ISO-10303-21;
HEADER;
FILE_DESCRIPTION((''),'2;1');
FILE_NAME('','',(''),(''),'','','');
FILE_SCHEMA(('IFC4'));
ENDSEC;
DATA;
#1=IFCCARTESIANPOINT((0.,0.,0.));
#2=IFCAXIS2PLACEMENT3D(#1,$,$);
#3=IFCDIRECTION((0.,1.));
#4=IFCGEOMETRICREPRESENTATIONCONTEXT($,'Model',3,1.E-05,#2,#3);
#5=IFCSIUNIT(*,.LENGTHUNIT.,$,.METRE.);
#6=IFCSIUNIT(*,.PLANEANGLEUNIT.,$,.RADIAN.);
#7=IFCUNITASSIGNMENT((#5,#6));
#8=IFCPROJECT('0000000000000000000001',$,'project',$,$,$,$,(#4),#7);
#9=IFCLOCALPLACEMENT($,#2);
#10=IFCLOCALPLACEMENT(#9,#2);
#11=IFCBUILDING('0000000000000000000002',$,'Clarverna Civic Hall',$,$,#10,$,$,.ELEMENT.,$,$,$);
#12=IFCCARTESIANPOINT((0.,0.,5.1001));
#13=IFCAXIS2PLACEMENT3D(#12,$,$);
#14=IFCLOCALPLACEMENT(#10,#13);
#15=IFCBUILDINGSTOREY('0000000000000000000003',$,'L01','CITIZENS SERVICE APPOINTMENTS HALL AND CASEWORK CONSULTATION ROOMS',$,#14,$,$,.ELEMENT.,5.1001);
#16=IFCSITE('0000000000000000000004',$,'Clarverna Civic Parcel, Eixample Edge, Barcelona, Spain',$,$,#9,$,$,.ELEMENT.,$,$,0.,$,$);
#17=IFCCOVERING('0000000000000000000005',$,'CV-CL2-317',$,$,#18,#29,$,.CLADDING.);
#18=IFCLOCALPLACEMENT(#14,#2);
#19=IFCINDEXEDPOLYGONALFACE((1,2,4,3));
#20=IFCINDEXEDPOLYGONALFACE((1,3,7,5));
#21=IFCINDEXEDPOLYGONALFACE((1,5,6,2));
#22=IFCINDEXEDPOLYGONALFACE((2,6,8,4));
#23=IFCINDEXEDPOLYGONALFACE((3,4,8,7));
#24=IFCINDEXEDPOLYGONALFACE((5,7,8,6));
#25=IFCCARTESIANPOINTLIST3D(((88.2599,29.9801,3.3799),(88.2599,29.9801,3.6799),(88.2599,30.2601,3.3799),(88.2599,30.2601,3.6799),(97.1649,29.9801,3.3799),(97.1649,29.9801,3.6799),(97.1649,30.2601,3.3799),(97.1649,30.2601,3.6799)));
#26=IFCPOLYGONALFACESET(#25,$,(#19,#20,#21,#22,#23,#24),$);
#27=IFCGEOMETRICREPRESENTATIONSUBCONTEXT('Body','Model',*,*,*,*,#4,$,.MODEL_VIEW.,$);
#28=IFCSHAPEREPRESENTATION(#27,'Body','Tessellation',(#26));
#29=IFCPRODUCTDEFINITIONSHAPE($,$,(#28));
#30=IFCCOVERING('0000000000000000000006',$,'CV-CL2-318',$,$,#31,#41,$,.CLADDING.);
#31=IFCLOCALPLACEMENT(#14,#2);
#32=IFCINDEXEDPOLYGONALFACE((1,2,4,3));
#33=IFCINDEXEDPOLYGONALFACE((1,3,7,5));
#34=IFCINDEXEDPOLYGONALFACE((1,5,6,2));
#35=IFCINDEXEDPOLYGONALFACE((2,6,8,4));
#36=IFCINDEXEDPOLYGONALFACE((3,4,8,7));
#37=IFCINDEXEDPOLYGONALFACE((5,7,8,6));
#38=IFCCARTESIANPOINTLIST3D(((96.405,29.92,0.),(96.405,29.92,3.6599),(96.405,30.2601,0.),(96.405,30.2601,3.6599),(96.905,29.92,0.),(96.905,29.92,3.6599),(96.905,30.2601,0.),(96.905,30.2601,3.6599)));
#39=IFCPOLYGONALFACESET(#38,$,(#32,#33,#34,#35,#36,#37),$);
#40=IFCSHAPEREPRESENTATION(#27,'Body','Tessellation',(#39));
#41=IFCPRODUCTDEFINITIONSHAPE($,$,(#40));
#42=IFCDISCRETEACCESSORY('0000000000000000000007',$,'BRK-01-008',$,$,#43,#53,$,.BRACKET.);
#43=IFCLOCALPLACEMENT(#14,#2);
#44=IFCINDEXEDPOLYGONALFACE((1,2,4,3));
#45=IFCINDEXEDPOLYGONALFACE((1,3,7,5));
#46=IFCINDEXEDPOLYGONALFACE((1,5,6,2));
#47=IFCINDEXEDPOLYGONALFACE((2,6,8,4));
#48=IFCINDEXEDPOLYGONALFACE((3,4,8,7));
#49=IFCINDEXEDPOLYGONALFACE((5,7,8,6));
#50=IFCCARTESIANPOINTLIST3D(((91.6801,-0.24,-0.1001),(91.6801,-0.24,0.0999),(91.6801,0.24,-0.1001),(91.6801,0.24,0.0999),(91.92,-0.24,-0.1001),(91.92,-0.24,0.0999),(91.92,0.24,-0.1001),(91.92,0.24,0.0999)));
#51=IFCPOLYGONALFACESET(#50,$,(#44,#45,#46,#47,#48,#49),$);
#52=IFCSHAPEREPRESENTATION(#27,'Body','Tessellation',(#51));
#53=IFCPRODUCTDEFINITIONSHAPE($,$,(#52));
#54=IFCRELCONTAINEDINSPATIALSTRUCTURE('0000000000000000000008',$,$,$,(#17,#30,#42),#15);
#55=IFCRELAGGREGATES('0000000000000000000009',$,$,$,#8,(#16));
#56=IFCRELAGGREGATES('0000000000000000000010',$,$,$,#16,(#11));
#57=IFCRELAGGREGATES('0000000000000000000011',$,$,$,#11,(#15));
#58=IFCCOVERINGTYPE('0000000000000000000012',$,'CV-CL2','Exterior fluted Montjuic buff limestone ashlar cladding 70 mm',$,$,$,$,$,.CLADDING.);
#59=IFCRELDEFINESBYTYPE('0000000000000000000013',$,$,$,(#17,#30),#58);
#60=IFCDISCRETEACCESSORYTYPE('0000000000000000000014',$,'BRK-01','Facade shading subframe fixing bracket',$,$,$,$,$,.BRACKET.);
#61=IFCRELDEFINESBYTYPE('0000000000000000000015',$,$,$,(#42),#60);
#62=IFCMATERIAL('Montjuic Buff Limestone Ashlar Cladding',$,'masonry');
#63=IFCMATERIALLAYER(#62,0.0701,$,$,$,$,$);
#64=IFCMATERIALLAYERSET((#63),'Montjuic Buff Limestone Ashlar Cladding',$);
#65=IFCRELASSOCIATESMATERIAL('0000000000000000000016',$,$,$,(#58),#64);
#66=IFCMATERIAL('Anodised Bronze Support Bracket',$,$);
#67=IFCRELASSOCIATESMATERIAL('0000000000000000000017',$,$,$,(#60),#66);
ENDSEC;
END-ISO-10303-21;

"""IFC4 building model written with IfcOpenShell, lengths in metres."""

from ifc_helpers import new_model, si_unit, direction, frame, frame_2d, origin, origin_2d, place, context, subcontext, project, spatial, rectangle, extrude, material, layer, layer_set, type_object, element, save


model = new_model("IFC4")

# Units and contexts
model_context = context("Model", 3, precision=1e-05, world=origin(), true_north=direction((0.0, 1.0)))
body_context = subcontext(model_context, "Body", "Model", "MODEL_VIEW")
ifc_project = project(units=[si_unit("LENGTHUNIT", "METRE"), si_unit("PLANEANGLEUNIT", "RADIAN")], contexts=[model_context])

# Site, building, storey
site_placement = place(None, origin())
site = spatial("IfcSite", under=ifc_project, at=site_placement, Name="Clarverna Civic Parcel, Eixample Edge, Barcelona, Spain", CompositionType="ELEMENT", RefElevation=0.0)
building_placement = place(site_placement, origin())
building = spatial("IfcBuilding", under=site, at=building_placement, Name="Clarverna Civic Hall", CompositionType="ELEMENT")
storey_placement = place(building_placement, frame((0.0, 0.0, 5.1001)))
storey = spatial("IfcBuildingStorey", under=building, at=storey_placement, Name="L01", Description="CITIZENS SERVICE APPOINTMENTS HALL AND CASEWORK CONSULTATION ROOMS", CompositionType="ELEMENT", Elevation=5.1001)

# Coverings
ifc_material_1 = material(Name="Montjuic Buff Limestone Ashlar Cladding", Category="masonry")
ifc_layer_1 = layer(ifc_material_1, 0.0701)
ifc_layer_set_1 = layer_set([ifc_layer_1], Name="Montjuic Buff Limestone Ashlar Cladding")
covering_type = type_object("IfcCoveringType", Name="CV-CL2", Description="Exterior fluted Montjuic buff limestone ashlar cladding 70 mm", PredefinedType="CLADDING", material=ifc_layer_set_1)
covering_1_placement = place(storey_placement, frame((97.165, 30.1201, 3.3799), z_axis=(0.0, 0.0, 1.0), x_axis=(-1.0, 0.0, 0.0)))
element("IfcCovering", 1, at=covering_1_placement, inside=storey, type_object=covering_type, Name="CV-CL2-317", PredefinedType="CLADDING", context=body_context, shape_type="SweptSolid", body=[
    extrude(rectangle(XDim=8.905, YDim=0.28, at=frame_2d((4.4526, 0.0))), origin(), (0.0, 0.0, 1.0), 0.3),
])
covering_2_placement = place(storey_placement, frame((96.905, 30.0901, 0.0), z_axis=(0.0, 0.0, 1.0), x_axis=(-1.0, 0.0, 0.0)))
element("IfcCovering", 2, at=covering_2_placement, inside=storey, type_object=covering_type, Name="CV-CL2-318", PredefinedType="CLADDING", context=body_context, shape_type="SweptSolid", body=[
    extrude(rectangle(XDim=0.5, YDim=0.3401, at=frame_2d((0.25, 0.0))), origin(), (0.0, 0.0, 1.0), 3.6599),
])

# Discrete accessory
ifc_material_2 = material(Name="Anodised Bronze Support Bracket")
discrete_accessory_type = type_object("IfcDiscreteAccessoryType", Name="BRK-01", Description="Facade shading subframe fixing bracket", PredefinedType="BRACKET", material=ifc_material_2)
discrete_accessory_placement = place(storey_placement, frame((91.8, 0.0, -0.1001), z_axis=(0.0, 0.0, 1.0), x_axis=(1.0, 0.0, 0.0)))
element("IfcDiscreteAccessory", 3, at=discrete_accessory_placement, inside=storey, type_object=discrete_accessory_type, Name="BRK-01-008", PredefinedType="BRACKET", context=body_context, shape_type="SweptSolid", body=[
    extrude(rectangle(XDim=0.24, YDim=0.48, at=origin_2d()), origin(), (0.0, 0.0, 1.0), 0.2),
])

save(model, "model.ifc")
